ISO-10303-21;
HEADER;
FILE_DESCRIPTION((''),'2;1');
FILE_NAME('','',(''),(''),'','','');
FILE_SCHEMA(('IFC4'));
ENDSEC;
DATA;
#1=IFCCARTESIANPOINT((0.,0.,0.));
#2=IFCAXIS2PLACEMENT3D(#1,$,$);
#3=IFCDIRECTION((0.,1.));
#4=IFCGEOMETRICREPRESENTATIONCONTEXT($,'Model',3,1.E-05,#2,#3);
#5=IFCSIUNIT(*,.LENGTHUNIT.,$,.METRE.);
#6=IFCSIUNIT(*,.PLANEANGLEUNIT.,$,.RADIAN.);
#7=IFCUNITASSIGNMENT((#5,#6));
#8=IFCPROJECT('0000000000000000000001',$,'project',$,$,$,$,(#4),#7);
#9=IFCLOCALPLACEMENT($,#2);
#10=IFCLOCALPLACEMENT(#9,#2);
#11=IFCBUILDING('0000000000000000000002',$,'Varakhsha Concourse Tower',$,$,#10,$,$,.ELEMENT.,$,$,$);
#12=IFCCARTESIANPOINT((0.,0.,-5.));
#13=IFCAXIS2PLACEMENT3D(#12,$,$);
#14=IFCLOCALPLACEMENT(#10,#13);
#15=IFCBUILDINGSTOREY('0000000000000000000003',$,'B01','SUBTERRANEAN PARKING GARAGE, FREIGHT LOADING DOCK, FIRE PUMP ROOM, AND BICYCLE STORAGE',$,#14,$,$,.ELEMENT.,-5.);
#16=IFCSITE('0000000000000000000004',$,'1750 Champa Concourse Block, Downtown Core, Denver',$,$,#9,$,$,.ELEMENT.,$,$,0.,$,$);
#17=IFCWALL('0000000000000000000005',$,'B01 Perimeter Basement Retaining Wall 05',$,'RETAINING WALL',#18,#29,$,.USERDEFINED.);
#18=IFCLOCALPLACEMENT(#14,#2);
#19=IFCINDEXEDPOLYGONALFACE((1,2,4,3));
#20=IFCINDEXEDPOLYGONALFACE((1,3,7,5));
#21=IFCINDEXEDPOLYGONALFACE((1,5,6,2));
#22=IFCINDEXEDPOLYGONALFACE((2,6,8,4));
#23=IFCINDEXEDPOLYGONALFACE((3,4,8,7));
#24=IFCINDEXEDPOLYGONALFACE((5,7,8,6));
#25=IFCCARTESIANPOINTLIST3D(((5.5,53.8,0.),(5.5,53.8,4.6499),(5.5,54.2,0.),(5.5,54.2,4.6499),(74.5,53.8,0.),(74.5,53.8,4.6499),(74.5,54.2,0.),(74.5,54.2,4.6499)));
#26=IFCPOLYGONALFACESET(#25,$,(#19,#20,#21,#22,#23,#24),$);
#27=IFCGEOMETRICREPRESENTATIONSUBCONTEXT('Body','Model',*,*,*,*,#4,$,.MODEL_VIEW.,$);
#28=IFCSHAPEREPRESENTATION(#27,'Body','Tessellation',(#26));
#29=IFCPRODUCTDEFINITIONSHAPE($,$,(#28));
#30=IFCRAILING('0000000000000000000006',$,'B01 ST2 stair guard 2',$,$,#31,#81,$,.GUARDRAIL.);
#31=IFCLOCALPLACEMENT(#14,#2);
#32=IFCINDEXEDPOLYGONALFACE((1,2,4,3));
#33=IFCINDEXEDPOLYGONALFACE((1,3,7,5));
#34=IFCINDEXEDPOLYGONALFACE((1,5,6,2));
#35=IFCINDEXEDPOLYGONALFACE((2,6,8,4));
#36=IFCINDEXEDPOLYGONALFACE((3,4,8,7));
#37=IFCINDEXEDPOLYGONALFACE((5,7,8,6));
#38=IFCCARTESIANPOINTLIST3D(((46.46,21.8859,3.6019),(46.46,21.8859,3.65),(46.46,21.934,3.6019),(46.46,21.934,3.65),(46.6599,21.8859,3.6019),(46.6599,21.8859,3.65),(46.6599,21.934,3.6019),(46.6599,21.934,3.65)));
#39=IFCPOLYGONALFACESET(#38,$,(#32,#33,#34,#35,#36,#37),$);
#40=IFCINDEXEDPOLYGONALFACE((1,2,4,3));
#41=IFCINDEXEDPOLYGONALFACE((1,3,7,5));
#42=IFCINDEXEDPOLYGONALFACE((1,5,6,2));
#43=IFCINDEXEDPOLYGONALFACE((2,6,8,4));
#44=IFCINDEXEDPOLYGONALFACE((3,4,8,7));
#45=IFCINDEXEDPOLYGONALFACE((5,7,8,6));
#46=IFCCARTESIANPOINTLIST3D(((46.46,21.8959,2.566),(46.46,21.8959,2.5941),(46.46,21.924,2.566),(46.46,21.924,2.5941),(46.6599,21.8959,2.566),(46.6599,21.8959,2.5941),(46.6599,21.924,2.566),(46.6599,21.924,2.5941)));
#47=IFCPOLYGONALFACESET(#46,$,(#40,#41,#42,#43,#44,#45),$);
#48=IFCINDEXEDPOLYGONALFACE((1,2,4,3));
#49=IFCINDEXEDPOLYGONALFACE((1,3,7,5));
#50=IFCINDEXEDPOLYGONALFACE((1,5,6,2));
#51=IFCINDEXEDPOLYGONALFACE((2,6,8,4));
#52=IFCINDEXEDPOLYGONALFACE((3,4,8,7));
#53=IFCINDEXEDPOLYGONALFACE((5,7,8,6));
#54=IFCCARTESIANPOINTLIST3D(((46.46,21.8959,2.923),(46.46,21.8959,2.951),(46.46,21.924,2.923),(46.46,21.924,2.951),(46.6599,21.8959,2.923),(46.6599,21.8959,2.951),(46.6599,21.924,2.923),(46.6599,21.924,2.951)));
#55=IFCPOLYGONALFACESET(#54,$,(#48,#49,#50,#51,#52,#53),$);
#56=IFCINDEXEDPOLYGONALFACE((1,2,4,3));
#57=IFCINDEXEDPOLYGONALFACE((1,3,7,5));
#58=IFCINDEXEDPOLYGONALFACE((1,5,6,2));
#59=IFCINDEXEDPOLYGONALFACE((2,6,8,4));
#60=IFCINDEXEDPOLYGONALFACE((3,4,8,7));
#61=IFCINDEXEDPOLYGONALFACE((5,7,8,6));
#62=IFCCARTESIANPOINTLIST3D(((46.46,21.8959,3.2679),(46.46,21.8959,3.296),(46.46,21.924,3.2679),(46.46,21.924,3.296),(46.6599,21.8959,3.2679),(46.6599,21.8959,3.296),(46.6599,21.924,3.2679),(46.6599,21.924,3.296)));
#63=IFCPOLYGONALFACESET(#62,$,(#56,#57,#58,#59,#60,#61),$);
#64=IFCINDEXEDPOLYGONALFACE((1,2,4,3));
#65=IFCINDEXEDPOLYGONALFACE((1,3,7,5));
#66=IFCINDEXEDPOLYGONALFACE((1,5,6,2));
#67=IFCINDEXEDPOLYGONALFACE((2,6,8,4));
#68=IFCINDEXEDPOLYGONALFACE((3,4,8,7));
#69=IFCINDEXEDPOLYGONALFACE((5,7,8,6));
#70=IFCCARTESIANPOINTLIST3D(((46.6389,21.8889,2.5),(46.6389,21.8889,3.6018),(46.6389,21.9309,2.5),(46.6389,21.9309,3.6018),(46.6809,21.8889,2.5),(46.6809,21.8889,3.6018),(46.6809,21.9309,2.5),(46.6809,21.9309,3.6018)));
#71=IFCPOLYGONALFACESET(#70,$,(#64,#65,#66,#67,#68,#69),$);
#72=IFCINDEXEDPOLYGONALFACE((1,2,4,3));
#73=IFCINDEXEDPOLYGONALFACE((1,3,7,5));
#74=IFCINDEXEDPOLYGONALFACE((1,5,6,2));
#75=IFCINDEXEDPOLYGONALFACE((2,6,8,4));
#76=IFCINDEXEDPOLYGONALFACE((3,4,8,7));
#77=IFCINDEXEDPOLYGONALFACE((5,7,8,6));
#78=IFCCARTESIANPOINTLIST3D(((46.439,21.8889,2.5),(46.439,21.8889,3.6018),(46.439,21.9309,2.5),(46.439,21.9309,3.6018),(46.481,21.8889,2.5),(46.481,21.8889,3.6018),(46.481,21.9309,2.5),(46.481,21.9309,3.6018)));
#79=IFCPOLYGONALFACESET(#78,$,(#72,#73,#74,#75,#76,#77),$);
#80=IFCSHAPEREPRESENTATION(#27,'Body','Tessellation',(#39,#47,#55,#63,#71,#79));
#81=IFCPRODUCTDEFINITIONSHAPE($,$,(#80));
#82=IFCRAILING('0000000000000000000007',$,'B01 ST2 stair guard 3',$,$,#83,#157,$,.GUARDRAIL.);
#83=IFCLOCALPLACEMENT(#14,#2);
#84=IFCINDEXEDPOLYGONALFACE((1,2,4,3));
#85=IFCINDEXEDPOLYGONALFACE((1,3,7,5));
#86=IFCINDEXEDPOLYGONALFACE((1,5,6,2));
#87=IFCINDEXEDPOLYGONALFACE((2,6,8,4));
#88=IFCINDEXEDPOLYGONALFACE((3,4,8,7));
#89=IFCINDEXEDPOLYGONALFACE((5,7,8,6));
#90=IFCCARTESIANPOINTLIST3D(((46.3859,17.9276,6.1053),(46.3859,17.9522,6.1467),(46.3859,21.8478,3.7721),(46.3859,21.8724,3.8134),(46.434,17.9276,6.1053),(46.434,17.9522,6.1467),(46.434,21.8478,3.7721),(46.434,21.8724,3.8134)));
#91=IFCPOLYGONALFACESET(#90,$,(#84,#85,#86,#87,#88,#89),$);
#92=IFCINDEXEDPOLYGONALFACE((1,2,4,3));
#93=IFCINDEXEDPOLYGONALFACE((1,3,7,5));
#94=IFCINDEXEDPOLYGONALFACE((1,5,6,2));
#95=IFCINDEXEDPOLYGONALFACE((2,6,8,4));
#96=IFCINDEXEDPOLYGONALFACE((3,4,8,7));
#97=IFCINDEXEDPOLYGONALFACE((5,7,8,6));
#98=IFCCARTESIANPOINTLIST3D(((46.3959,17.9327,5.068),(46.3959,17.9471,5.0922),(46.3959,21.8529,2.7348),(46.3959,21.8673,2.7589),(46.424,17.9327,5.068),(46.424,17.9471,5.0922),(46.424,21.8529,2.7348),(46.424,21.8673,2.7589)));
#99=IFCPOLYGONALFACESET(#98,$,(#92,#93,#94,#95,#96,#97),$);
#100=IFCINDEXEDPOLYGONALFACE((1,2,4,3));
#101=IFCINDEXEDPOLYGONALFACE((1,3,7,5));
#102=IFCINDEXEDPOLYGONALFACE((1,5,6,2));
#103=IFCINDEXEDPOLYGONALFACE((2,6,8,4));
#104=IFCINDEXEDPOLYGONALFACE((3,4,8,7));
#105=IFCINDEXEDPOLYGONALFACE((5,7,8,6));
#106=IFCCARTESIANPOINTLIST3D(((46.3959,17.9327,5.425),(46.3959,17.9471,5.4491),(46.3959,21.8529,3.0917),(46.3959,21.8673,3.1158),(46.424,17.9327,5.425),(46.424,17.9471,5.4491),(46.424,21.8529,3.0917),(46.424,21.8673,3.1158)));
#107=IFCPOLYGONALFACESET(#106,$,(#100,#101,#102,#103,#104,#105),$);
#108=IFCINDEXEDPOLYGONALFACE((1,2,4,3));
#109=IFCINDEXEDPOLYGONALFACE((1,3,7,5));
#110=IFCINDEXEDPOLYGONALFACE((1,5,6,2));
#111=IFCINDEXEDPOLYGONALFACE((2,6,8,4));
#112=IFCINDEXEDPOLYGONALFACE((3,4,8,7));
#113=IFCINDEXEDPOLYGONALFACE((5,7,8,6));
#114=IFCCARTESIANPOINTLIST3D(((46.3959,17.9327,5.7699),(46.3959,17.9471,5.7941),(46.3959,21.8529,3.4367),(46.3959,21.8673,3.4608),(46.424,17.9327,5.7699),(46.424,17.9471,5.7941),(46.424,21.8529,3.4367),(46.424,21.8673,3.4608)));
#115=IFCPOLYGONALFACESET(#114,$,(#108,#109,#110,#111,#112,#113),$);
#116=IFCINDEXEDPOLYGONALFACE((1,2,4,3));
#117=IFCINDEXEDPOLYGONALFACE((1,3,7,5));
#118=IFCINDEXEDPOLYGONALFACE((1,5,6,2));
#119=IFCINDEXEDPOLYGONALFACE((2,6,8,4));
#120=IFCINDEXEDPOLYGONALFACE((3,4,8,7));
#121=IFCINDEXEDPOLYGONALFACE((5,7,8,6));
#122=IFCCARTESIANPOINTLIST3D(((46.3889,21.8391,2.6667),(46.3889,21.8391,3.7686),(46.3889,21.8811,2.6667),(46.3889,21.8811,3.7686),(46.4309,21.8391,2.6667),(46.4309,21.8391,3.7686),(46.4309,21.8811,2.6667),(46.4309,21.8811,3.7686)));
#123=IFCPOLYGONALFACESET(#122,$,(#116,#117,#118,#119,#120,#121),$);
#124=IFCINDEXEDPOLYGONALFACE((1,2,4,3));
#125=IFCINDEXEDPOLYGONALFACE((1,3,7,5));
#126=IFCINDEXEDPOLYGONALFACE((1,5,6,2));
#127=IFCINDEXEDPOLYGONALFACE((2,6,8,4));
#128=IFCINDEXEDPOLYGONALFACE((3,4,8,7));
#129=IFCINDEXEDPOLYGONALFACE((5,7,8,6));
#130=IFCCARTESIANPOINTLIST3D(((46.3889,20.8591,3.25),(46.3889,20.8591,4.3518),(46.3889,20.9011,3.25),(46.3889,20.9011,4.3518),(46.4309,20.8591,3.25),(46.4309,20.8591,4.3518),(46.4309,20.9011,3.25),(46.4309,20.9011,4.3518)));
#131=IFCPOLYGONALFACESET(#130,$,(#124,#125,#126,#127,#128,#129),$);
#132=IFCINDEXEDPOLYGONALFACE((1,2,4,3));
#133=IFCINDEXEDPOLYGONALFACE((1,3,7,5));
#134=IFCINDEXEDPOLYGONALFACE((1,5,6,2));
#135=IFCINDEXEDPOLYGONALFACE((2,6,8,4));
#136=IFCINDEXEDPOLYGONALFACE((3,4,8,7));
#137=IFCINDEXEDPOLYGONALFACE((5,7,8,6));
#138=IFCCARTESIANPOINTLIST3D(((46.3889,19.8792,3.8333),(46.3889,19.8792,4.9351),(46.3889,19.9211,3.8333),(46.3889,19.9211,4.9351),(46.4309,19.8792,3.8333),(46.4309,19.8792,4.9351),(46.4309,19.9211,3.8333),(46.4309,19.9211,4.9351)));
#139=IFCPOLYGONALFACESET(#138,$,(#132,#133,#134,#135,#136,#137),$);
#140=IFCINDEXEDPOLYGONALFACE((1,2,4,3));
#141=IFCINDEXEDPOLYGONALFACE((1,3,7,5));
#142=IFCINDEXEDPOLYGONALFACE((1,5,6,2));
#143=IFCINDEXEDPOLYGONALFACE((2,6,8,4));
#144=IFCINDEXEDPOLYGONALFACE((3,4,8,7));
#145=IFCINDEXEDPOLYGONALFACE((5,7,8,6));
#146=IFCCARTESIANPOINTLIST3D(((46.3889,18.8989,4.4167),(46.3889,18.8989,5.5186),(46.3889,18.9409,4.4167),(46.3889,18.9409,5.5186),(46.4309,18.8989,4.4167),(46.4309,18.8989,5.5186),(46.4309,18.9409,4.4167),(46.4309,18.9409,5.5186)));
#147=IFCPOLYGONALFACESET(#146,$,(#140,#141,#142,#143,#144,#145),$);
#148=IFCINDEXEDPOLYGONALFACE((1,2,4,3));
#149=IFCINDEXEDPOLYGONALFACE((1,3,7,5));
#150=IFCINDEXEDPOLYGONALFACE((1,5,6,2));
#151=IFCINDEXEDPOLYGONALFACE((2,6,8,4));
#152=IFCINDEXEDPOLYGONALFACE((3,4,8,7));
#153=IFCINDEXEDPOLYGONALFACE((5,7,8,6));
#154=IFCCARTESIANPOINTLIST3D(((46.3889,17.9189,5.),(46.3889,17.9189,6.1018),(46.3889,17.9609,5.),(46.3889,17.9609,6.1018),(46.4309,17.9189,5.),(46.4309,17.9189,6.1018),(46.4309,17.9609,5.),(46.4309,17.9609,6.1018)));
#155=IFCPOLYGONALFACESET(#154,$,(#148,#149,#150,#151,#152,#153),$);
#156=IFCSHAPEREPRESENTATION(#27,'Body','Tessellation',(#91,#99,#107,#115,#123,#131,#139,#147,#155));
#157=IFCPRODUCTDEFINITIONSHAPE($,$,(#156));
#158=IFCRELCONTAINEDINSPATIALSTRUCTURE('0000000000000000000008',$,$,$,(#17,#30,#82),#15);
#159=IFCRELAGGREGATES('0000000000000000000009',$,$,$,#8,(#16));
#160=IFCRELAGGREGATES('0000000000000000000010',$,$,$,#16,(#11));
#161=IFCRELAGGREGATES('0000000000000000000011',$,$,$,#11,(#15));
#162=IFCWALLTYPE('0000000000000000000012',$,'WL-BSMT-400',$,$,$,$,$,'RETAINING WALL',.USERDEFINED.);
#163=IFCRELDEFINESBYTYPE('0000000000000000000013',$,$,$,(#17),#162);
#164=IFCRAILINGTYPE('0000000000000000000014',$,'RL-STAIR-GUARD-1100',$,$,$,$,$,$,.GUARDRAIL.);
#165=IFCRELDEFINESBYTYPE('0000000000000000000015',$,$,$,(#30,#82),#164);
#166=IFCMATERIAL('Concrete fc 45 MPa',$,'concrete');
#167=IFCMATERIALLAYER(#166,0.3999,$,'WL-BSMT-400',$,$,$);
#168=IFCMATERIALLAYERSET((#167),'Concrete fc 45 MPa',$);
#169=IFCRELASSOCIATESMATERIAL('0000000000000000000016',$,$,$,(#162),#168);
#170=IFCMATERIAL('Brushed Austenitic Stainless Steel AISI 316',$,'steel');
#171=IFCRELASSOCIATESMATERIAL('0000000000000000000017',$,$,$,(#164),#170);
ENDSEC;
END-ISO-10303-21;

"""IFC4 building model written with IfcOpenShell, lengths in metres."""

from ifc_helpers import new_model, si_unit, direction, frame, frame_2d, origin, origin_2d, place, context, subcontext, project, spatial, rectangle, extrude, material, layer, layer_set, type_object, element, save


model = new_model("IFC4")

# Units and contexts
model_context = context("Model", 3, precision=1e-05, world=origin(), true_north=direction((0.0, 1.0)))
body_context = subcontext(model_context, "Body", "Model", "MODEL_VIEW")
ifc_project = project(units=[si_unit("LENGTHUNIT", "METRE"), si_unit("PLANEANGLEUNIT", "RADIAN")], contexts=[model_context])

# Site, building, storey
site_placement = place(None, origin())
site = spatial("IfcSite", under=ifc_project, at=site_placement, Name="1750 Champa Concourse Block, Downtown Core, Denver", CompositionType="ELEMENT", RefElevation=0.0)
building_placement = place(site_placement, origin())
building = spatial("IfcBuilding", under=site, at=building_placement, Name="Varakhsha Concourse Tower", CompositionType="ELEMENT")
storey_placement = place(building_placement, frame((0.0, 0.0, -5.0)))
storey = spatial("IfcBuildingStorey", under=building, at=storey_placement, Name="B01", Description="SUBTERRANEAN PARKING GARAGE, FREIGHT LOADING DOCK, FIRE PUMP ROOM, AND BICYCLE STORAGE", CompositionType="ELEMENT", Elevation=-5.0)

# Wall
ifc_material_1 = material(Name="Concrete fc 45 MPa", Category="concrete")
ifc_layer = layer(ifc_material_1, 0.3999, Name="WL-BSMT-400")
ifc_layer_set = layer_set([ifc_layer], Name="Concrete fc 45 MPa")
wall_type = type_object("IfcWallType", Name="WL-BSMT-400", ElementType="RETAINING WALL", PredefinedType="USERDEFINED", material=ifc_layer_set)
wall_1_placement = place(storey_placement, frame((74.5, 54.0, 0.0), z_axis=(0.0, 0.0, 1.0), x_axis=(-1.0, 0.0, 0.0)))
element("IfcWall", 1, at=wall_1_placement, inside=storey, type_object=wall_type, Name="B01 Perimeter Basement Retaining Wall 05", ObjectType="RETAINING WALL", PredefinedType="USERDEFINED", context=body_context, shape_type="SweptSolid", body=[
    extrude(rectangle(XDim=69.0, YDim=0.3999, at=frame_2d((34.5, 0.0))), origin(), (0.0, 0.0, 1.0), 4.6499),
])

# Railings
ifc_material_2 = material(Name="Brushed Austenitic Stainless Steel AISI 316", Category="steel")
railing_type = type_object("IfcRailingType", Name="RL-STAIR-GUARD-1100", PredefinedType="GUARDRAIL", material=ifc_material_2)
railing_1_placement = place(storey_placement, frame((46.6599, 21.9099, 2.5)))
element("IfcRailing", 2, at=railing_1_placement, inside=storey, type_object=railing_type, Name="B01 ST2 stair guard 2", PredefinedType="GUARDRAIL", context=body_context, shape_type="SweptSolid", body=[
    extrude(rectangle(XDim=0.0481, YDim=0.0481, at=origin_2d()), frame((0.0, 0.0, 1.126), z_axis=(-1.0, 0.0, 0.0), x_axis=(0.0, -1.0, 0.0)), (0.0, 0.0, 1.0), 0.2),
    extrude(rectangle(XDim=0.0281, YDim=0.0281, at=origin_2d()), frame((0.0, 0.0, 0.0801), z_axis=(-1.0, 0.0, 0.0), x_axis=(0.0, -1.0, 0.0)), (0.0, 0.0, 1.0), 0.2),
    extrude(rectangle(XDim=0.0281, YDim=0.0281, at=origin_2d()), frame((0.0, 0.0, 0.437), z_axis=(-1.0, 0.0, 0.0), x_axis=(0.0, -1.0, 0.0)), (0.0, 0.0, 1.0), 0.2),
    extrude(rectangle(XDim=0.0281, YDim=0.0281, at=origin_2d()), frame((0.0, 0.0, 0.782), z_axis=(-1.0, 0.0, 0.0), x_axis=(0.0, -1.0, 0.0)), (0.0, 0.0, 1.0), 0.2),
    extrude(rectangle(XDim=0.042, YDim=0.042, at=origin_2d()), origin(), (0.0, 0.0, 1.0), 1.1018),
    extrude(rectangle(XDim=0.042, YDim=0.042, at=origin_2d()), frame((-0.2, 0.0, 0.0)), (0.0, 0.0, 1.0), 1.1018),
])
railing_2_placement = place(storey_placement, frame((46.4099, 21.8601, 2.6667)))
element("IfcRailing", 3, at=railing_2_placement, inside=storey, type_object=railing_type, Name="B01 ST2 stair guard 3", PredefinedType="GUARDRAIL", context=body_context, shape_type="SweptSolid", body=[
    extrude(rectangle(XDim=0.0481, YDim=0.0481, at=origin_2d()), frame((0.0, 0.0, 1.126), z_axis=(0.0, -0.85931, 0.511455), x_axis=(1.0, 0.0, 0.0)), (0.0, 0.0, 1.0), 4.562),
    extrude(rectangle(XDim=0.0281, YDim=0.0281, at=origin_2d()), frame((0.0, 0.0, 0.0801), z_axis=(0.0, -0.85931, 0.511455), x_axis=(1.0, 0.0, 0.0)), (0.0, 0.0, 1.0), 4.562),
    extrude(rectangle(XDim=0.0281, YDim=0.0281, at=origin_2d()), frame((0.0, 0.0, 0.437), z_axis=(0.0, -0.85931, 0.511455), x_axis=(1.0, 0.0, 0.0)), (0.0, 0.0, 1.0), 4.562),
    extrude(rectangle(XDim=0.0281, YDim=0.0281, at=origin_2d()), frame((0.0, 0.0, 0.782), z_axis=(0.0, -0.85931, 0.511455), x_axis=(1.0, 0.0, 0.0)), (0.0, 0.0, 1.0), 4.562),
    extrude(rectangle(XDim=0.042, YDim=0.042, at=origin_2d()), origin(), (0.0, 0.0, 1.0), 1.1018),
    extrude(rectangle(XDim=0.042, YDim=0.042, at=origin_2d()), frame((0.0, -0.98, 0.5833)), (0.0, 0.0, 1.0), 1.1018),
    extrude(rectangle(XDim=0.042, YDim=0.042, at=origin_2d()), frame((0.0, -1.96, 1.1665)), (0.0, 0.0, 1.0), 1.1018),
    extrude(rectangle(XDim=0.042, YDim=0.042, at=origin_2d()), frame((0.0, -2.9402, 1.75)), (0.0, 0.0, 1.0), 1.1018),
    extrude(rectangle(XDim=0.042, YDim=0.042, at=origin_2d()), frame((0.0, -3.9202, 2.3333)), (0.0, 0.0, 1.0), 1.1018),
])

save(model, "model.ifc")
